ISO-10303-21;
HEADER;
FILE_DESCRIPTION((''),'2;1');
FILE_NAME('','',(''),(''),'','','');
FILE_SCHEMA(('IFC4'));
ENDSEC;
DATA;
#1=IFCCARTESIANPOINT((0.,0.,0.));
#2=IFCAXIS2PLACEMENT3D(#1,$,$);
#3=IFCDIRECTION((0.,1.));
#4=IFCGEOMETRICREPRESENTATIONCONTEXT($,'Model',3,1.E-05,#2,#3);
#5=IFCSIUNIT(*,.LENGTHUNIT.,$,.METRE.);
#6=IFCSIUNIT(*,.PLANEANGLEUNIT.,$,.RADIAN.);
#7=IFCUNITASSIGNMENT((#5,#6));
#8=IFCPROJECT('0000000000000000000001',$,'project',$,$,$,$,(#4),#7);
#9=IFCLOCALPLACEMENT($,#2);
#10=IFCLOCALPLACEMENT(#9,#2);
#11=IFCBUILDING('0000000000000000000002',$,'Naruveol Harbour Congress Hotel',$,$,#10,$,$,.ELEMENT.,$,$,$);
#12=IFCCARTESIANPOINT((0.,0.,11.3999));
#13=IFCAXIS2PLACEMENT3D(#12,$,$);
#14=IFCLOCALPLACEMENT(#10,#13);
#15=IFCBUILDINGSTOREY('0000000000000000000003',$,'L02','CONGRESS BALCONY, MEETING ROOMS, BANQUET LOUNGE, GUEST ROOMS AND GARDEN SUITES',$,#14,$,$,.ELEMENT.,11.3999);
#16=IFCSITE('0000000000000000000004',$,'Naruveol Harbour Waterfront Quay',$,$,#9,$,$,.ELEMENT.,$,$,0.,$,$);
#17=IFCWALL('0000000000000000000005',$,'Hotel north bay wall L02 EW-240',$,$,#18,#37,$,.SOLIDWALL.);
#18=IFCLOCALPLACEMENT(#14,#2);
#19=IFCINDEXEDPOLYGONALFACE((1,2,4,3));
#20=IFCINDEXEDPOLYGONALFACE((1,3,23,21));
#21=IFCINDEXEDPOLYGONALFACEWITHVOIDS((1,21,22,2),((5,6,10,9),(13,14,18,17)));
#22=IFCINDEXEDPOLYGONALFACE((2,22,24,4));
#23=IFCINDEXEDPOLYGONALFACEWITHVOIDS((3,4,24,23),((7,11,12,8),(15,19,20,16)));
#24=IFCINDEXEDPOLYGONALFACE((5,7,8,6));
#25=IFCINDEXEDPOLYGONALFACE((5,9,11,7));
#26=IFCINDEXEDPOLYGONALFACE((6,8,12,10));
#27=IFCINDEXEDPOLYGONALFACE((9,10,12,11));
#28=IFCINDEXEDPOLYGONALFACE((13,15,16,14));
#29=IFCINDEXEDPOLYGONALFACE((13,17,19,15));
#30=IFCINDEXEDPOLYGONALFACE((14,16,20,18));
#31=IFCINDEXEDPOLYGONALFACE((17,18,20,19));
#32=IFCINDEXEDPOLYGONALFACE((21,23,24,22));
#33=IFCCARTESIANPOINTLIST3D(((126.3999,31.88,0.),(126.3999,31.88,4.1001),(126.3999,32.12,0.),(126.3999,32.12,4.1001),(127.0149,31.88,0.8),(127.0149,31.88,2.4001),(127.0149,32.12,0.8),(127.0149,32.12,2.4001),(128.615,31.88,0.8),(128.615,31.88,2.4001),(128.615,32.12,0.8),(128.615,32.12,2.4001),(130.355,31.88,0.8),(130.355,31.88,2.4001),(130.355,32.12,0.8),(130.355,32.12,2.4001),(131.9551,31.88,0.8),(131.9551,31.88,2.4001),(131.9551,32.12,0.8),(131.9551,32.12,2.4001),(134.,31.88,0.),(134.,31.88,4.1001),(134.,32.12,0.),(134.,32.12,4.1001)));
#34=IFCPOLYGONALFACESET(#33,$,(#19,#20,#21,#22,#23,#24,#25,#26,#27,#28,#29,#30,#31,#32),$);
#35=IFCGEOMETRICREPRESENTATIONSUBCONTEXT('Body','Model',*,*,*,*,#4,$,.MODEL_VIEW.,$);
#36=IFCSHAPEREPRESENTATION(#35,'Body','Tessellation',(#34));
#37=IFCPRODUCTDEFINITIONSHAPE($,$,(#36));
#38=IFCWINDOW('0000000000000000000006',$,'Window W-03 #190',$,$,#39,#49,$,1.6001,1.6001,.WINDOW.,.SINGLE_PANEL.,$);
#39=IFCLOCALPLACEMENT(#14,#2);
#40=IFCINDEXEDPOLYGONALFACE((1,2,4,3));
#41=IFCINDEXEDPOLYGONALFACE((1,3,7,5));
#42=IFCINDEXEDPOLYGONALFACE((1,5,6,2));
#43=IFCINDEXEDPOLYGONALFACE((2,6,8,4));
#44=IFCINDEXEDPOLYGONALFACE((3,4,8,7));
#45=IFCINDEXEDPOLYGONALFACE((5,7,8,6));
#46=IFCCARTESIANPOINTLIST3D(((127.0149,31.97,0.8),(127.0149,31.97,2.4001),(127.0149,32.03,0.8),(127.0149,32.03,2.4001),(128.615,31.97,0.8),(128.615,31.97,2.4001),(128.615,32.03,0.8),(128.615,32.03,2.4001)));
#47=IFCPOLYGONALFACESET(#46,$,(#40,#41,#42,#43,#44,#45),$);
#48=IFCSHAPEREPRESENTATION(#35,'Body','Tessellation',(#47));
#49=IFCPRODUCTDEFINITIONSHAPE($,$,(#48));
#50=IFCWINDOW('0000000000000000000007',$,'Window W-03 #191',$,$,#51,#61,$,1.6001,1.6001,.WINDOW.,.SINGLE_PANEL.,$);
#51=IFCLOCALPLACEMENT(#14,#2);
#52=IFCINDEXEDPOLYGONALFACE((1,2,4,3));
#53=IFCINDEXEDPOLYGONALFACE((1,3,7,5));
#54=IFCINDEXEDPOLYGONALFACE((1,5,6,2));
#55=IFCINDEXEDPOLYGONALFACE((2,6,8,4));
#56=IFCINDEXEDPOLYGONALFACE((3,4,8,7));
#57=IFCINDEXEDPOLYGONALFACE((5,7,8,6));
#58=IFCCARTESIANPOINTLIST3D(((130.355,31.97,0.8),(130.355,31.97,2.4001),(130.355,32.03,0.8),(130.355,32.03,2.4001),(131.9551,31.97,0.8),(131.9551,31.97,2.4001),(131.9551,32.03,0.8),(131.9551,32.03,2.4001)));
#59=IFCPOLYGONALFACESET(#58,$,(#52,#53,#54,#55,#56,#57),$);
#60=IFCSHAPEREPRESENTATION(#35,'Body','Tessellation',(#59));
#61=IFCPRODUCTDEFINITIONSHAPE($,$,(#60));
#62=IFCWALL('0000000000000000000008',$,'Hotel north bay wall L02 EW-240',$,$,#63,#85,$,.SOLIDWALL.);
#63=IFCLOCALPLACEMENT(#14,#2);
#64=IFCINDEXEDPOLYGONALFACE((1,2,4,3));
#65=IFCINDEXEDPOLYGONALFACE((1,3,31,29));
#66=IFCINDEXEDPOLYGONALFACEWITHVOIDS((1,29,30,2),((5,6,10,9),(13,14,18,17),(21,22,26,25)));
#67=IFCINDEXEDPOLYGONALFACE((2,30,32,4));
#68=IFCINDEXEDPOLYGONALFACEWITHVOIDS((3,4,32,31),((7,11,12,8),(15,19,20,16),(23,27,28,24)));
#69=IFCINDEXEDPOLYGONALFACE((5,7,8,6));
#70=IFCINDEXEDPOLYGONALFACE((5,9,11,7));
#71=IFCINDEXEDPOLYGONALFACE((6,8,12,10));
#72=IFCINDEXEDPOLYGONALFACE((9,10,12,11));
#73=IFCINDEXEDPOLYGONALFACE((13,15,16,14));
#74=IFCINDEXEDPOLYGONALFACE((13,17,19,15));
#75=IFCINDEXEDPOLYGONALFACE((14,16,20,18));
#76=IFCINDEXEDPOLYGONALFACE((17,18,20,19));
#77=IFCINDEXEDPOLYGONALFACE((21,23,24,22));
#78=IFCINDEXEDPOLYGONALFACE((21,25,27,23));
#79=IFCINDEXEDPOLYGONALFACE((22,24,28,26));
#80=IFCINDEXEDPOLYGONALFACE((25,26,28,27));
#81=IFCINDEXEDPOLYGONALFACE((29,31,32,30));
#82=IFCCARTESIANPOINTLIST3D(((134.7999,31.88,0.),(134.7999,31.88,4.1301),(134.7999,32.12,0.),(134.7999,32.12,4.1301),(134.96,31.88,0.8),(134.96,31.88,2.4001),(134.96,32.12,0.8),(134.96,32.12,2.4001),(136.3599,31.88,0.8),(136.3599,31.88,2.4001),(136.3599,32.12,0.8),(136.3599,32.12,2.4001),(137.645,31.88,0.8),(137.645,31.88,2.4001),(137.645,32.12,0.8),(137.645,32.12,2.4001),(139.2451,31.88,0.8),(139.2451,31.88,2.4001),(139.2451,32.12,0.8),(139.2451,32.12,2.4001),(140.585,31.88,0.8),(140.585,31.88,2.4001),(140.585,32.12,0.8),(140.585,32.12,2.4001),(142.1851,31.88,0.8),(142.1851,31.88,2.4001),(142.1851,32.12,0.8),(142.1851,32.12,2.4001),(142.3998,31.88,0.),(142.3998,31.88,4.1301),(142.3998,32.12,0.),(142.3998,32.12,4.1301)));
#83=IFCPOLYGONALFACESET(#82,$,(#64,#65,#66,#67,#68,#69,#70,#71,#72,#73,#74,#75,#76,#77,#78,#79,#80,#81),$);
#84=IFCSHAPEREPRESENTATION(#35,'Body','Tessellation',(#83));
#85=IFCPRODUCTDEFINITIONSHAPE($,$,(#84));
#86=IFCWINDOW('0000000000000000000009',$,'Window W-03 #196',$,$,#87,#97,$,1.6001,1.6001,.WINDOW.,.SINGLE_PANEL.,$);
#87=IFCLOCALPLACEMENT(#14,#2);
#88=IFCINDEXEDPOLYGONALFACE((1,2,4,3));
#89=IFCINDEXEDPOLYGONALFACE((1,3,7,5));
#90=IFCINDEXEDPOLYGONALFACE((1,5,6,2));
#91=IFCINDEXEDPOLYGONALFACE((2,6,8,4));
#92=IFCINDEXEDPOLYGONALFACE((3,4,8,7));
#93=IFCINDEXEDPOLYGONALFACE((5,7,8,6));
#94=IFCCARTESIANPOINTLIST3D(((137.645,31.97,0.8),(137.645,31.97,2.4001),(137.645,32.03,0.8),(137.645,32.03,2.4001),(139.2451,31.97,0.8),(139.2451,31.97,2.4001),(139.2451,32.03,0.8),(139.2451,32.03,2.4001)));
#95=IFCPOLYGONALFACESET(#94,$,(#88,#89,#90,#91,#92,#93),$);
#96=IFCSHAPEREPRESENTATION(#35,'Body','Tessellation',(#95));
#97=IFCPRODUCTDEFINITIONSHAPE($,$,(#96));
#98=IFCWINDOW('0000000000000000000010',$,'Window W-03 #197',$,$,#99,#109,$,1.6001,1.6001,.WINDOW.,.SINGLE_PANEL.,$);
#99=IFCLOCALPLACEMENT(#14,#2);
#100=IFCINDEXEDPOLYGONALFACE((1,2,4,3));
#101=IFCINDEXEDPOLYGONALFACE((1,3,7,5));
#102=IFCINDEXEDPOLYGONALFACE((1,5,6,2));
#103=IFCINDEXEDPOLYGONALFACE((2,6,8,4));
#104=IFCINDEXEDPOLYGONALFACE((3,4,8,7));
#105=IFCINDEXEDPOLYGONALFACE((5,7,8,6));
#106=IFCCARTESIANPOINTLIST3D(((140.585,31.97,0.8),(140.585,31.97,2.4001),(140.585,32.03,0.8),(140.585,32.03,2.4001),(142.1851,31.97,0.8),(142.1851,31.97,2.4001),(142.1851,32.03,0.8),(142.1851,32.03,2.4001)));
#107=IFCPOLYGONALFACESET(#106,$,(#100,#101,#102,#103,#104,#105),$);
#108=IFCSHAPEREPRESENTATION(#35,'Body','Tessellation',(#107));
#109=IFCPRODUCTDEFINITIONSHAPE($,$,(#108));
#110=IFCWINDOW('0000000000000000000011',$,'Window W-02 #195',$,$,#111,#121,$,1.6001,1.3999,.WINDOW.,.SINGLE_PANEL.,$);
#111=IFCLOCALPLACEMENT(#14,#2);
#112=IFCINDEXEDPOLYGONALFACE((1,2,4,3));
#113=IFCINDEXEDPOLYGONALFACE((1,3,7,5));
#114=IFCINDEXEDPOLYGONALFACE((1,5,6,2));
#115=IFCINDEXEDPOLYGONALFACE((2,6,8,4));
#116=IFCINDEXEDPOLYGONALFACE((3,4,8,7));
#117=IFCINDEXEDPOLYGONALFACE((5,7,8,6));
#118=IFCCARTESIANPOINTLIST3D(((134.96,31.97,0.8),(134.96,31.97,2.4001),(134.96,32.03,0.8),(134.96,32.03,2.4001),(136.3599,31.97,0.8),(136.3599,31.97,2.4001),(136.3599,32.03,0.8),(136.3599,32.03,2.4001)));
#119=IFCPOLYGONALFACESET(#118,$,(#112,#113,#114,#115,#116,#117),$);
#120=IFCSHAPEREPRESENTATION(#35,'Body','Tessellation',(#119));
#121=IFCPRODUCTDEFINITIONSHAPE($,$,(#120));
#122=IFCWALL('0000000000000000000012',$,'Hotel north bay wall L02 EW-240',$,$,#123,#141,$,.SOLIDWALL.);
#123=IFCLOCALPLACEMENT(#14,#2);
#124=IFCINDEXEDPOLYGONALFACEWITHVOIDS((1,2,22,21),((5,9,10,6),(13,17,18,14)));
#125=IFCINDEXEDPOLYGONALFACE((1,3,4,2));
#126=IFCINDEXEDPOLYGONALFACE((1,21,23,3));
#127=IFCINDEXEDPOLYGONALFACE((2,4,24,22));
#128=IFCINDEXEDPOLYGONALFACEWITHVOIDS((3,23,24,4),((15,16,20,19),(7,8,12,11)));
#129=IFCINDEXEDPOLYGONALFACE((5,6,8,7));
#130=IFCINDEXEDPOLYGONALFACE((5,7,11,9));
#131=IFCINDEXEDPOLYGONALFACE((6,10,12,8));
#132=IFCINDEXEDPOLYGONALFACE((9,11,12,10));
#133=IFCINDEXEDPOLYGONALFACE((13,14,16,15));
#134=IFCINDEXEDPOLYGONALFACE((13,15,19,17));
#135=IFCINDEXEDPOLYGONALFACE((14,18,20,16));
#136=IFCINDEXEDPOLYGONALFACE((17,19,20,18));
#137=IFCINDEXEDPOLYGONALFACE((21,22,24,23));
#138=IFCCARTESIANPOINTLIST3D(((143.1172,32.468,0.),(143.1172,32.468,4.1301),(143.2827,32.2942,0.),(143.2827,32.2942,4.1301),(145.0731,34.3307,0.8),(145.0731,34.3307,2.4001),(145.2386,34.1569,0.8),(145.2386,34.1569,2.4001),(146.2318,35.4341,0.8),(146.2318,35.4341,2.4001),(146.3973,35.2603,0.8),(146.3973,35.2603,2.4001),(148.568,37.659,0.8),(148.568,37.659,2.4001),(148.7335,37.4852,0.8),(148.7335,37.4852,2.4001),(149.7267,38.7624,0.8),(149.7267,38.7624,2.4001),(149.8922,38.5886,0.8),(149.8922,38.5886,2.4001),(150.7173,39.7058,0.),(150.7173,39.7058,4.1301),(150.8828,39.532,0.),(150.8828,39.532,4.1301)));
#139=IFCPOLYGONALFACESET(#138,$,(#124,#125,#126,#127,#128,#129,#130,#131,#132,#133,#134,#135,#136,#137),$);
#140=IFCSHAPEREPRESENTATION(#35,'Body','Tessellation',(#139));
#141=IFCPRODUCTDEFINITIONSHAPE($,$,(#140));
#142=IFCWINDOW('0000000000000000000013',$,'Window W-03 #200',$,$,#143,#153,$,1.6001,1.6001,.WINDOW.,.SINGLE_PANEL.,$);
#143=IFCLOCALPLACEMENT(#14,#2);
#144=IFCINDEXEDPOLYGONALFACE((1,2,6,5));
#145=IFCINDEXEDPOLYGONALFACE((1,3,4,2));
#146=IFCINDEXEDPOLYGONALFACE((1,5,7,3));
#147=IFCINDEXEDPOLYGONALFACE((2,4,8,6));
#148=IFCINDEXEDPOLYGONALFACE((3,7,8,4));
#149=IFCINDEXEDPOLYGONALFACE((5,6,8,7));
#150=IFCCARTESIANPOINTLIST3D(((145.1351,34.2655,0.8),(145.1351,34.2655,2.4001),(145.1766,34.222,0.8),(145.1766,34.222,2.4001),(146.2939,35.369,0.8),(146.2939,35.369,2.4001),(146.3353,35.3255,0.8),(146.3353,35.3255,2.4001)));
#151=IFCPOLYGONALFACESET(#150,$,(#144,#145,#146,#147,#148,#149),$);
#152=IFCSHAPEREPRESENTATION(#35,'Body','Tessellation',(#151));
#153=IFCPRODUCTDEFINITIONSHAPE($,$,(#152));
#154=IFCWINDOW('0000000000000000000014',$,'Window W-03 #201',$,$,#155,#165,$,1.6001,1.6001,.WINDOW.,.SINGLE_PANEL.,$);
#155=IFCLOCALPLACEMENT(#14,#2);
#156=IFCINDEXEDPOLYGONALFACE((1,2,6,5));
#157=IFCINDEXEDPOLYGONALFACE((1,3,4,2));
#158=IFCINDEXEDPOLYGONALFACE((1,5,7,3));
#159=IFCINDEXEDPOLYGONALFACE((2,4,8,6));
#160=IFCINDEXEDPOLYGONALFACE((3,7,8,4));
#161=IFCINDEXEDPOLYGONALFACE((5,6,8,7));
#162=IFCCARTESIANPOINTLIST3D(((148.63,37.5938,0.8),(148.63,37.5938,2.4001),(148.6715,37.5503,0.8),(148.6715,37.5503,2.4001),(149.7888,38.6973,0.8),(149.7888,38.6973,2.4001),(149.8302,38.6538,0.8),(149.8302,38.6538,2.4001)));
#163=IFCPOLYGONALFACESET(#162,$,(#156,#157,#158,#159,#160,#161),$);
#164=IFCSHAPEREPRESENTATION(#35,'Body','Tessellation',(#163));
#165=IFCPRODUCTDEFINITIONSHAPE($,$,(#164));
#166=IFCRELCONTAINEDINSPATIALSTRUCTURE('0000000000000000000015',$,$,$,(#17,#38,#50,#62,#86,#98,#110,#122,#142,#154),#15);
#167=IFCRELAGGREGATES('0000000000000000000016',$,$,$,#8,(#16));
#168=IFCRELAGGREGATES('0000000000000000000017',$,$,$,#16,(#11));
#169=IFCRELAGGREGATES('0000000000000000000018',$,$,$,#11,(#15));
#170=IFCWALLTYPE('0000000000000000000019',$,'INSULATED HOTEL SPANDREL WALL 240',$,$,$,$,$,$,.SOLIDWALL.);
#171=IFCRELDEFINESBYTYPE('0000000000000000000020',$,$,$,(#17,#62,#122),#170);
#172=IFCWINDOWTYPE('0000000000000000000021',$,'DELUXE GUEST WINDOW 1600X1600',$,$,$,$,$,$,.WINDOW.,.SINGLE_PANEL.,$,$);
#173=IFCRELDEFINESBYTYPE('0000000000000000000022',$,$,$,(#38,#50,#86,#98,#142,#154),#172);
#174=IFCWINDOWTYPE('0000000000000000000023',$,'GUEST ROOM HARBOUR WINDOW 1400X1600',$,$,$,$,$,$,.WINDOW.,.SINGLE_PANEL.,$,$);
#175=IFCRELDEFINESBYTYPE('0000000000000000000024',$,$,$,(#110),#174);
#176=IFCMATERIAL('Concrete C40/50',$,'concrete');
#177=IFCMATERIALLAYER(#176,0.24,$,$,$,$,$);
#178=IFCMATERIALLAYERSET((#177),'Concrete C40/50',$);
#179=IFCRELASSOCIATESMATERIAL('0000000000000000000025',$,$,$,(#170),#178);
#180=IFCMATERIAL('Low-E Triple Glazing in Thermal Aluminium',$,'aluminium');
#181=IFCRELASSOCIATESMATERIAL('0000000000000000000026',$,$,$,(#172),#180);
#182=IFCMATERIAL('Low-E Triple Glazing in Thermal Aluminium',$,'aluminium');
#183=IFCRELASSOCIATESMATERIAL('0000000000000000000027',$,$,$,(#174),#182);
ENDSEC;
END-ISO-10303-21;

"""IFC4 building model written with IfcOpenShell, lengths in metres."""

from ifc_helpers import new_model, si_unit, direction, frame, frame_2d, origin, place, context, subcontext, project, spatial, rectangle, extrude, material, layer, layer_set, type_object, element, fill, save


model = new_model("IFC4")

# Units and contexts
model_context = context("Model", 3, precision=1e-05, world=origin(), true_north=direction((0.0, 1.0)))
body_context = subcontext(model_context, "Body", "Model", "MODEL_VIEW")
ifc_project = project(units=[si_unit("LENGTHUNIT", "METRE"), si_unit("PLANEANGLEUNIT", "RADIAN")], contexts=[model_context])

# Site, building, storey
site_placement = place(None, origin())
site = spatial("IfcSite", under=ifc_project, at=site_placement, Name="Naruveol Harbour Waterfront Quay", CompositionType="ELEMENT", RefElevation=0.0)
building_placement = place(site_placement, origin())
building = spatial("IfcBuilding", under=site, at=building_placement, Name="Naruveol Harbour Congress Hotel", CompositionType="ELEMENT")
storey_placement = place(building_placement, frame((0.0, 0.0, 11.3999)))
storey = spatial("IfcBuildingStorey", under=building, at=storey_placement, Name="L02", Description="CONGRESS BALCONY, MEETING ROOMS, BANQUET LOUNGE, GUEST ROOMS AND GARDEN SUITES", CompositionType="ELEMENT", Elevation=11.3999)

# Walls, openings, windows
ifc_material_1 = material(Name="Concrete C40/50", Category="concrete")
ifc_layer_1 = layer(ifc_material_1, 0.24)
ifc_layer_set_1 = layer_set([ifc_layer_1], Name="Concrete C40/50")
wall_type = type_object("IfcWallType", Name="INSULATED HOTEL SPANDREL WALL 240", PredefinedType="SOLIDWALL", material=ifc_layer_set_1)
wall_1_placement = place(storey_placement, frame((126.3999, 32.0, 0.0), z_axis=(0.0, 0.0, 1.0), x_axis=(1.0, 0.0, 0.0)))
wall_1 = element("IfcWall", 1, at=wall_1_placement, inside=storey, type_object=wall_type, Name="Hotel north bay wall L02 EW-240", PredefinedType="SOLIDWALL", context=body_context, shape_type="SweptSolid", body=[
    extrude(rectangle(XDim=7.6001, YDim=0.24, at=frame_2d((3.8, 0.0))), origin(), (0.0, 0.0, 1.0), 4.1001),
])
opening_1_placement = place(wall_1_placement, frame((0.615, 0.0, 0.8)))
opening_1 = element("IfcOpeningElement", 2, at=opening_1_placement, cuts=wall_1, PredefinedType="OPENING", context=body_context, shape_type="SweptSolid", body=[
    extrude(rectangle(XDim=1.6001, YDim=1.6001, at=frame_2d((0.8, 0.8))), frame((0.0, 0.1299, 0.0), z_axis=(0.0, -1.0, 0.0), x_axis=(1.0, 0.0, 0.0)), (0.0, 0.0, 1.0), 0.26),
])
opening_2_placement = place(wall_1_placement, frame((3.9551, 0.0, 0.8)))
opening_2 = element("IfcOpeningElement", 3, at=opening_2_placement, cuts=wall_1, PredefinedType="OPENING", context=body_context, shape_type="SweptSolid", body=[
    extrude(rectangle(XDim=1.6001, YDim=1.6001, at=frame_2d((0.8, 0.8))), frame((0.0, 0.1299, 0.0), z_axis=(0.0, -1.0, 0.0), x_axis=(1.0, 0.0, 0.0)), (0.0, 0.0, 1.0), 0.26),
])
ifc_material_2 = material(Name="Low-E Triple Glazing in Thermal Aluminium", Category="aluminium")
window_type_1 = type_object("IfcWindowType", Name="DELUXE GUEST WINDOW 1600X1600", PartitioningType="SINGLE_PANEL", PredefinedType="WINDOW", material=ifc_material_2)
window_1_placement = place(opening_1_placement, origin())
window_1 = element("IfcWindow", 4, at=window_1_placement, inside=storey, type_object=window_type_1, Name="Window W-03 #190", OverallHeight=1.6001, OverallWidth=1.6001, PartitioningType="SINGLE_PANEL", PredefinedType="WINDOW", context=body_context, shape_type="SweptSolid", body=[
    extrude(rectangle(XDim=1.6001, YDim=1.6001, at=frame_2d((0.8, 0.8))), frame((0.0, 0.03, 0.0), z_axis=(0.0, -1.0, 0.0), x_axis=(1.0, 0.0, 0.0)), (0.0, 0.0, 1.0), 0.0601),
])
fill(opening_1, window_1)
window_2_placement = place(opening_2_placement, origin())
window_2 = element("IfcWindow", 5, at=window_2_placement, inside=storey, type_object=window_type_1, Name="Window W-03 #191", OverallHeight=1.6001, OverallWidth=1.6001, PartitioningType="SINGLE_PANEL", PredefinedType="WINDOW", context=body_context, shape_type="SweptSolid", body=[
    extrude(rectangle(XDim=1.6001, YDim=1.6001, at=frame_2d((0.8, 0.8))), frame((0.0, 0.03, 0.0), z_axis=(0.0, -1.0, 0.0), x_axis=(1.0, 0.0, 0.0)), (0.0, 0.0, 1.0), 0.0601),
])
fill(opening_2, window_2)
wall_2_placement = place(storey_placement, frame((134.8, 32.0, 0.0), z_axis=(0.0, 0.0, 1.0), x_axis=(1.0, 0.0, 0.0)))
wall_2 = element("IfcWall", 6, at=wall_2_placement, inside=storey, type_object=wall_type, Name="Hotel north bay wall L02 EW-240", PredefinedType="SOLIDWALL", context=body_context, shape_type="SweptSolid", body=[
    extrude(rectangle(XDim=7.5999, YDim=0.24, at=frame_2d((3.7998, 0.0))), origin(), (0.0, 0.0, 1.0), 4.1301),
])
opening_3_placement = place(wall_2_placement, frame((0.1599, 0.0, 0.8)))
opening_3 = element("IfcOpeningElement", 7, at=opening_3_placement, cuts=wall_2, PredefinedType="OPENING", context=body_context, shape_type="SweptSolid", body=[
    extrude(rectangle(XDim=1.3999, YDim=1.6001, at=frame_2d((0.7, 0.8))), frame((0.0, 0.1299, 0.0), z_axis=(0.0, -1.0, 0.0), x_axis=(1.0, 0.0, 0.0)), (0.0, 0.0, 1.0), 0.26),
])
opening_4_placement = place(wall_2_placement, frame((2.845, 0.0, 0.8)))
opening_4 = element("IfcOpeningElement", 8, at=opening_4_placement, cuts=wall_2, PredefinedType="OPENING", context=body_context, shape_type="SweptSolid", body=[
    extrude(rectangle(XDim=1.6001, YDim=1.6001, at=frame_2d((0.8, 0.8))), frame((0.0, 0.1299, 0.0), z_axis=(0.0, -1.0, 0.0), x_axis=(1.0, 0.0, 0.0)), (0.0, 0.0, 1.0), 0.26),
])
opening_5_placement = place(wall_2_placement, frame((5.7849, 0.0, 0.8)))
opening_5 = element("IfcOpeningElement", 9, at=opening_5_placement, cuts=wall_2, PredefinedType="OPENING", context=body_context, shape_type="SweptSolid", body=[
    extrude(rectangle(XDim=1.6001, YDim=1.6001, at=frame_2d((0.8, 0.8))), frame((0.0, 0.1299, 0.0), z_axis=(0.0, -1.0, 0.0), x_axis=(1.0, 0.0, 0.0)), (0.0, 0.0, 1.0), 0.26),
])
window_3_placement = place(opening_4_placement, origin())
window_3 = element("IfcWindow", 10, at=window_3_placement, inside=storey, type_object=window_type_1, Name="Window W-03 #196", OverallHeight=1.6001, OverallWidth=1.6001, PartitioningType="SINGLE_PANEL", PredefinedType="WINDOW", context=body_context, shape_type="SweptSolid", body=[
    extrude(rectangle(XDim=1.6001, YDim=1.6001, at=frame_2d((0.8, 0.8))), frame((0.0, 0.03, 0.0), z_axis=(0.0, -1.0, 0.0), x_axis=(1.0, 0.0, 0.0)), (0.0, 0.0, 1.0), 0.0601),
])
fill(opening_4, window_3)
window_4_placement = place(opening_5_placement, origin())
window_4 = element("IfcWindow", 11, at=window_4_placement, inside=storey, type_object=window_type_1, Name="Window W-03 #197", OverallHeight=1.6001, OverallWidth=1.6001, PartitioningType="SINGLE_PANEL", PredefinedType="WINDOW", context=body_context, shape_type="SweptSolid", body=[
    extrude(rectangle(XDim=1.6001, YDim=1.6001, at=frame_2d((0.8, 0.8))), frame((0.0, 0.03, 0.0), z_axis=(0.0, -1.0, 0.0), x_axis=(1.0, 0.0, 0.0)), (0.0, 0.0, 1.0), 0.0601),
])
fill(opening_5, window_4)
ifc_material_3 = material(Name="Low-E Triple Glazing in Thermal Aluminium", Category="aluminium")
window_type_2 = type_object("IfcWindowType", Name="GUEST ROOM HARBOUR WINDOW 1400X1600", PartitioningType="SINGLE_PANEL", PredefinedType="WINDOW", material=ifc_material_3)
window_5_placement = place(opening_3_placement, origin())
window_5 = element("IfcWindow", 12, at=window_5_placement, inside=storey, type_object=window_type_2, Name="Window W-02 #195", OverallHeight=1.6001, OverallWidth=1.3999, PartitioningType="SINGLE_PANEL", PredefinedType="WINDOW", context=body_context, shape_type="SweptSolid", body=[
    extrude(rectangle(XDim=1.3999, YDim=1.6001, at=frame_2d((0.7, 0.8))), frame((0.0, 0.03, 0.0), z_axis=(0.0, -1.0, 0.0), x_axis=(1.0, 0.0, 0.0)), (0.0, 0.0, 1.0), 0.0601),
])
fill(opening_3, window_5)
wall_3_placement = place(storey_placement, frame((143.2, 32.3811, 0.0), z_axis=(0.0, 0.0, 1.0), x_axis=(0.724157, 0.689635, 0.0)))
wall_3 = element("IfcWall", 13, at=wall_3_placement, inside=storey, type_object=wall_type, Name="Hotel north bay wall L02 EW-240", PredefinedType="SOLIDWALL", context=body_context, shape_type="SweptSolid", body=[
    extrude(rectangle(XDim=10.4951, YDim=0.24, at=frame_2d((5.2476, 0.0))), origin(), (0.0, 0.0, 1.0), 4.1301),
])
opening_6_placement = place(wall_3_placement, frame((2.7009, 0.0, 0.8)))
opening_6 = element("IfcOpeningElement", 14, at=opening_6_placement, cuts=wall_3, PredefinedType="OPENING", context=body_context, shape_type="SweptSolid", body=[
    extrude(rectangle(XDim=1.6001, YDim=1.6001, at=frame_2d((0.8, 0.8))), frame((0.0, 0.1299, 0.0), z_axis=(0.0, -1.0, 0.0), x_axis=(1.0, 0.0, 0.0)), (0.0, 0.0, 1.0), 0.26),
])
opening_7_placement = place(wall_3_placement, frame((7.5271, 0.0, 0.8)))
opening_7 = element("IfcOpeningElement", 15, at=opening_7_placement, cuts=wall_3, PredefinedType="OPENING", context=body_context, shape_type="SweptSolid", body=[
    extrude(rectangle(XDim=1.6001, YDim=1.6001, at=frame_2d((0.8, 0.8))), frame((0.0, 0.1299, 0.0), z_axis=(0.0, -1.0, 0.0), x_axis=(1.0, 0.0, 0.0)), (0.0, 0.0, 1.0), 0.26),
])
window_6_placement = place(opening_6_placement, origin())
window_6 = element("IfcWindow", 16, at=window_6_placement, inside=storey, type_object=window_type_1, Name="Window W-03 #200", OverallHeight=1.6001, OverallWidth=1.6001, PartitioningType="SINGLE_PANEL", PredefinedType="WINDOW", context=body_context, shape_type="SweptSolid", body=[
    extrude(rectangle(XDim=1.6001, YDim=1.6001, at=frame_2d((0.8, 0.8))), frame((0.0, 0.03, 0.0), z_axis=(0.0, -1.0, 0.0), x_axis=(1.0, 0.0, 0.0)), (0.0, 0.0, 1.0), 0.0601),
])
fill(opening_6, window_6)
window_7_placement = place(opening_7_placement, origin())
window_7 = element("IfcWindow", 17, at=window_7_placement, inside=storey, type_object=window_type_1, Name="Window W-03 #201", OverallHeight=1.6001, OverallWidth=1.6001, PartitioningType="SINGLE_PANEL", PredefinedType="WINDOW", context=body_context, shape_type="SweptSolid", body=[
    extrude(rectangle(XDim=1.6001, YDim=1.6001, at=frame_2d((0.8, 0.8))), frame((0.0, 0.03, 0.0), z_axis=(0.0, -1.0, 0.0), x_axis=(1.0, 0.0, 0.0)), (0.0, 0.0, 1.0), 0.0601),
])
fill(opening_7, window_7)

save(model, "model.ifc")
